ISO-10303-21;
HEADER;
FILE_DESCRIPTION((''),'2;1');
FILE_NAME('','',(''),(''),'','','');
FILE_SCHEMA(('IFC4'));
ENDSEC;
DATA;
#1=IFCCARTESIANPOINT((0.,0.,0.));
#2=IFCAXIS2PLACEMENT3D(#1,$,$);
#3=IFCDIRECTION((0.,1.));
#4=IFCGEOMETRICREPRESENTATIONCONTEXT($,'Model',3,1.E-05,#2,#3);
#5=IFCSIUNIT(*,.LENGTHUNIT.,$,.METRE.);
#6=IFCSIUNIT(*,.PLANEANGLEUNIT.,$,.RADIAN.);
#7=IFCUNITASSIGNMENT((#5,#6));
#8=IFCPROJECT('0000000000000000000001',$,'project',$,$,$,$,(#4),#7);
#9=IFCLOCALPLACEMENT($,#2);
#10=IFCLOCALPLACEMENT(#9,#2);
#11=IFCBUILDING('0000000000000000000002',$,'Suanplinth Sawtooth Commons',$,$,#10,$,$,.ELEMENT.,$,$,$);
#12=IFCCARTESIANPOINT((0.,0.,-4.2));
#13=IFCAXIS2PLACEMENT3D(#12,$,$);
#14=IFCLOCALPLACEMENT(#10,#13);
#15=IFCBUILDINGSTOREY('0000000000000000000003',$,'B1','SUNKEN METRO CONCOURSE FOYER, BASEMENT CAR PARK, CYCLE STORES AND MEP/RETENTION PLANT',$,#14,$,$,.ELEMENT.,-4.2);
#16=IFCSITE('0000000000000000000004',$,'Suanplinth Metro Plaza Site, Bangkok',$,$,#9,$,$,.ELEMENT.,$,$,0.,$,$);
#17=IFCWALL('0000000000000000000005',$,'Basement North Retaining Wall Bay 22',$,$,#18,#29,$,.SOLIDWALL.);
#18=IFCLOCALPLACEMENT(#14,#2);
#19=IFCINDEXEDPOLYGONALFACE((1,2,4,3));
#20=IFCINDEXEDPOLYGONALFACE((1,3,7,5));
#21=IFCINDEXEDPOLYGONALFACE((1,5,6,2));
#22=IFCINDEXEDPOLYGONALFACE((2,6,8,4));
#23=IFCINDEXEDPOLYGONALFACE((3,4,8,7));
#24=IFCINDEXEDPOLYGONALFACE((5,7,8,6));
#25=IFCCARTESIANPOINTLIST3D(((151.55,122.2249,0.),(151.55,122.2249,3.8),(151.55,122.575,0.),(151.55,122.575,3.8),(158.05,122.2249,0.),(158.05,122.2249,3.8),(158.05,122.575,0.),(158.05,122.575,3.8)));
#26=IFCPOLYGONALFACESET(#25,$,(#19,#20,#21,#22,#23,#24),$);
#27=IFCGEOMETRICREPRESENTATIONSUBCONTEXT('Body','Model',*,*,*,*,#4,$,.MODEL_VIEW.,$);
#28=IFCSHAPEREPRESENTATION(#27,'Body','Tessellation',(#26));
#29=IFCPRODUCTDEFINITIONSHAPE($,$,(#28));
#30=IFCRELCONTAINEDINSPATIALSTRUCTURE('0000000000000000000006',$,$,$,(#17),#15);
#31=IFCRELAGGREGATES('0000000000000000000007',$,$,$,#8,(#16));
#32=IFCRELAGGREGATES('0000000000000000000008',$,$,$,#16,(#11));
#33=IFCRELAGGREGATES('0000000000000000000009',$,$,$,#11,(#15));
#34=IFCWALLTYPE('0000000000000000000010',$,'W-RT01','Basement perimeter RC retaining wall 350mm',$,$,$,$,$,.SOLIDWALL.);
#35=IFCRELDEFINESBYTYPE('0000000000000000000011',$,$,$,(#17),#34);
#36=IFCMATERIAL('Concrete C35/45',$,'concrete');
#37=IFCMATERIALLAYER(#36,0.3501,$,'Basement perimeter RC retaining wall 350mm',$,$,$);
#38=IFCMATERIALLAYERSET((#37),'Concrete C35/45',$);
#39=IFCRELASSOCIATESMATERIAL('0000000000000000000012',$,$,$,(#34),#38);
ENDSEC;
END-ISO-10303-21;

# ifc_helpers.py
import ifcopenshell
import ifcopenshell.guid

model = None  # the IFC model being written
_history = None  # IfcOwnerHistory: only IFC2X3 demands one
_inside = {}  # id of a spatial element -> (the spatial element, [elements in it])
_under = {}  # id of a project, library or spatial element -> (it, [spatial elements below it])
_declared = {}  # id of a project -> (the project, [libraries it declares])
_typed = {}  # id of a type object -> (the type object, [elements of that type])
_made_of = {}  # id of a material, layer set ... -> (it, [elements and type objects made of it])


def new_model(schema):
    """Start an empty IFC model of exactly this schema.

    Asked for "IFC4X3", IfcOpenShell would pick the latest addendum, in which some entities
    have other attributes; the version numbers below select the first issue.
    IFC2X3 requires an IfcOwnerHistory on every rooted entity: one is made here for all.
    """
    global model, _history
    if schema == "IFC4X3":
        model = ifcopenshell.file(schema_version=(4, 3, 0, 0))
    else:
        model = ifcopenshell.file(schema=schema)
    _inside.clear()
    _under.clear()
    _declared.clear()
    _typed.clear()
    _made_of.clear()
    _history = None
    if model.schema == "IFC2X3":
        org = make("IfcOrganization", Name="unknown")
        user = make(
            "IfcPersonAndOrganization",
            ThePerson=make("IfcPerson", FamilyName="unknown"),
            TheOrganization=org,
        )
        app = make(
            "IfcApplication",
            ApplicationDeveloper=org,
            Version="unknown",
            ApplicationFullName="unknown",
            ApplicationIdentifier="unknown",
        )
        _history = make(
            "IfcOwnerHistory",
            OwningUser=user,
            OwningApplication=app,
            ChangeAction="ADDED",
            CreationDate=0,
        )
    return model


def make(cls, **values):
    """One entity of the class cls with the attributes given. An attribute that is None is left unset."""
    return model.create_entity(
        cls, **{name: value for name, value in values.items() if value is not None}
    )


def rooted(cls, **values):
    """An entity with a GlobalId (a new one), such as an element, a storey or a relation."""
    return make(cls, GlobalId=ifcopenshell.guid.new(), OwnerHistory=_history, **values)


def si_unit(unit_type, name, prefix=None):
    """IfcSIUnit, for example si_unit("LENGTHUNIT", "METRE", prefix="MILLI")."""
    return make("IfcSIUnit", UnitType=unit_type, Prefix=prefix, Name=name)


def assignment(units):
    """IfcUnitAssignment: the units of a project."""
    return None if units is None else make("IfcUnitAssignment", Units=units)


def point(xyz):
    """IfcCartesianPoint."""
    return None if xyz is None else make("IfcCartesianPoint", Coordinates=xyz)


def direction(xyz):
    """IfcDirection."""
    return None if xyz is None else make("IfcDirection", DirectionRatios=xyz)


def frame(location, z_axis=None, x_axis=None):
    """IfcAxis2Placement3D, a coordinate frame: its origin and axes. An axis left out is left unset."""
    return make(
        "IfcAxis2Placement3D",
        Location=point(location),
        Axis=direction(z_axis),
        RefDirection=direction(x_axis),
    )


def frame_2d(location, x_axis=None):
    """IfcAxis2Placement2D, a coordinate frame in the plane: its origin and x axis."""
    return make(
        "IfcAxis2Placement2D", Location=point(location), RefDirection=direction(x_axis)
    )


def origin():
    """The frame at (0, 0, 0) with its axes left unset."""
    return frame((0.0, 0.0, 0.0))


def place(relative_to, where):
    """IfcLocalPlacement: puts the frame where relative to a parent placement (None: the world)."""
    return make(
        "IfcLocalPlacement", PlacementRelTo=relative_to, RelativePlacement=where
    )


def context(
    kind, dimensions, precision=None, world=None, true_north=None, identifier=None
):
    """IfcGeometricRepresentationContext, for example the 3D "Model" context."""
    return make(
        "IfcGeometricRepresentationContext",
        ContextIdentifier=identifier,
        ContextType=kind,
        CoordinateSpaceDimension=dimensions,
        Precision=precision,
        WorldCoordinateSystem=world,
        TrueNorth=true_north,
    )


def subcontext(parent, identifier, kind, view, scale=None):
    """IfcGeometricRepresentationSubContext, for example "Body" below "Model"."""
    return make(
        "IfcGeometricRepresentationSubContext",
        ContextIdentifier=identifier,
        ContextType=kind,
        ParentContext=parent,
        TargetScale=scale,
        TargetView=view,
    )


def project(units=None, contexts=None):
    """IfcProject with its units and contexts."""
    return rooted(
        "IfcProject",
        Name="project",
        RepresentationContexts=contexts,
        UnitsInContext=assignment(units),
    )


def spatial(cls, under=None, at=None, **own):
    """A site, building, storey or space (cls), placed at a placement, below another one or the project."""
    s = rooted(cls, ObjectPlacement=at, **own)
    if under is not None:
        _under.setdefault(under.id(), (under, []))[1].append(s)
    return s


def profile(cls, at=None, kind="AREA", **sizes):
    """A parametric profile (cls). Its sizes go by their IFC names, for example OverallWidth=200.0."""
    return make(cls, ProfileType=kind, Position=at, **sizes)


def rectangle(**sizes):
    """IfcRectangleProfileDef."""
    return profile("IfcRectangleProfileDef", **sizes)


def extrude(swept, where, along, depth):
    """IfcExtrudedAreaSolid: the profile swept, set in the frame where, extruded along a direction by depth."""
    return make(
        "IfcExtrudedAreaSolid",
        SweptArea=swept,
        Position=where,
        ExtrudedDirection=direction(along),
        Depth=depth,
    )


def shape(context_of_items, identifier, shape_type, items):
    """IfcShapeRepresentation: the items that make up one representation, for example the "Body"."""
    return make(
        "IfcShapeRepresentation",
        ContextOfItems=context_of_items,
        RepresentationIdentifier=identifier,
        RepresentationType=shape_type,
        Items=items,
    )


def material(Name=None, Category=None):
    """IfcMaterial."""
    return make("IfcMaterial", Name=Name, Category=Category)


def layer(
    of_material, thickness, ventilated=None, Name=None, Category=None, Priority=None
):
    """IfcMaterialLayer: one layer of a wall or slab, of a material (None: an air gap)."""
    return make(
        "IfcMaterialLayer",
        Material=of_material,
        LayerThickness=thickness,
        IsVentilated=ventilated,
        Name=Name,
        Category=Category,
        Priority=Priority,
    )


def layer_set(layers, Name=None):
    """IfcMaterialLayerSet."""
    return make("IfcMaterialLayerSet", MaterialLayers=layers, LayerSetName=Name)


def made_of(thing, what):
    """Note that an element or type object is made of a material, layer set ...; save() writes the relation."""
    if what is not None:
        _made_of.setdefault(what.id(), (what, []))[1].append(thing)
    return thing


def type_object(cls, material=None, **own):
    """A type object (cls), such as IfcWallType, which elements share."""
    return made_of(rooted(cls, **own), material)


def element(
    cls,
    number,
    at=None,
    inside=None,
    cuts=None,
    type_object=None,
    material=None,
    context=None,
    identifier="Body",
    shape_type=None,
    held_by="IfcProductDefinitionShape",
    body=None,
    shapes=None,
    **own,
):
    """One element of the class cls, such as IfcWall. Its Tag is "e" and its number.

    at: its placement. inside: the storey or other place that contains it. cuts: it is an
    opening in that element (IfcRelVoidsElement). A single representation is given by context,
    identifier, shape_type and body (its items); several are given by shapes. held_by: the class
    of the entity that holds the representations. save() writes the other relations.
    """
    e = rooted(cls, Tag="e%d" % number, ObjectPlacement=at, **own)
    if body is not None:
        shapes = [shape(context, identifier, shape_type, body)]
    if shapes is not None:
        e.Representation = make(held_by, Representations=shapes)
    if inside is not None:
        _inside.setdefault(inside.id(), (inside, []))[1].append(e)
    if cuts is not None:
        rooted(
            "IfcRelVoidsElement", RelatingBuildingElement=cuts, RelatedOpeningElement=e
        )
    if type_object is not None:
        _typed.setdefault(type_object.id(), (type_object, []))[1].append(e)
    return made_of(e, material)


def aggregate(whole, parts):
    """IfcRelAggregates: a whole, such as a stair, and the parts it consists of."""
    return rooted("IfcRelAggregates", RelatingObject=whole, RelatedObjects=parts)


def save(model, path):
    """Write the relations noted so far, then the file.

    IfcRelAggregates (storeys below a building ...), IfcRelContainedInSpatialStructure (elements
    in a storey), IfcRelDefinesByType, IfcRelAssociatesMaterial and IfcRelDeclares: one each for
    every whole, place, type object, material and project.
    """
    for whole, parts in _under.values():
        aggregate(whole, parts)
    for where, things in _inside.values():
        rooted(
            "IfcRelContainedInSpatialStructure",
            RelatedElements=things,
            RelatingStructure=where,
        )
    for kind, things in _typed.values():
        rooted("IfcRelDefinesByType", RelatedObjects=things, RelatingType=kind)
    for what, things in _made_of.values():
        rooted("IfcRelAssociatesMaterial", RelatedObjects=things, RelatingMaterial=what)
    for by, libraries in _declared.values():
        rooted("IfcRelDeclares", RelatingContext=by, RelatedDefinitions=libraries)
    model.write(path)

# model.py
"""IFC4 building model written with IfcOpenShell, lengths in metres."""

from ifc_helpers import new_model, si_unit, direction, frame, frame_2d, origin, place, context, subcontext, project, spatial, rectangle, extrude, material, layer, layer_set, type_object, element, save


model = new_model("IFC4")

# Units and contexts
model_context = context("Model", 3, precision=1e-05, world=origin(), true_north=direction((0.0, 1.0)))
body_context = subcontext(model_context, "Body", "Model", "MODEL_VIEW")
ifc_project = project(units=[si_unit("LENGTHUNIT", "METRE"), si_unit("PLANEANGLEUNIT", "RADIAN")], contexts=[model_context])

# Site, building, storey
site_placement = place(None, origin())
site = spatial("IfcSite", under=ifc_project, at=site_placement, Name="Suanplinth Metro Plaza Site, Bangkok", CompositionType="ELEMENT", RefElevation=0.0)
building_placement = place(site_placement, origin())
building = spatial("IfcBuilding", under=site, at=building_placement, Name="Suanplinth Sawtooth Commons", CompositionType="ELEMENT")
storey_placement = place(building_placement, frame((0.0, 0.0, -4.2)))
storey = spatial("IfcBuildingStorey", under=building, at=storey_placement, Name="B1", Description="SUNKEN METRO CONCOURSE FOYER, BASEMENT CAR PARK, CYCLE STORES AND MEP/RETENTION PLANT", CompositionType="ELEMENT", Elevation=-4.2)

# Shared definitions
ifc_material_1 = material(Name="Concrete C35/45", Category="concrete")

# Wall
ifc_layer = layer(ifc_material_1, 0.3501, Name="Basement perimeter RC retaining wall 350mm")
ifc_layer_set = layer_set([ifc_layer], Name="Concrete C35/45")
wall_type = type_object("IfcWallType", Name="W-RT01", Description="Basement perimeter RC retaining wall 350mm", PredefinedType="SOLIDWALL", material=ifc_layer_set)
for number, where, z_axis, x_axis, name in (
    (1, (151.55, 122.3999, 0.0), (0.0, 0.0, 1.0), (1.0, 0.0, 0.0), "Basement North Retaining Wall Bay 22"),
):
    element("IfcWall", number, at=place(storey_placement, frame(where, z_axis=z_axis, x_axis=x_axis)), inside=storey, type_object=wall_type, Name=name, PredefinedType="SOLIDWALL", context=body_context, shape_type="SweptSolid", body=[
        extrude(rectangle(XDim=6.5, YDim=0.3501, at=frame_2d((3.25, 0.0))), origin(), (0.0, 0.0, 1.0), 3.8),
    ])

save(model, "model.ifc")
